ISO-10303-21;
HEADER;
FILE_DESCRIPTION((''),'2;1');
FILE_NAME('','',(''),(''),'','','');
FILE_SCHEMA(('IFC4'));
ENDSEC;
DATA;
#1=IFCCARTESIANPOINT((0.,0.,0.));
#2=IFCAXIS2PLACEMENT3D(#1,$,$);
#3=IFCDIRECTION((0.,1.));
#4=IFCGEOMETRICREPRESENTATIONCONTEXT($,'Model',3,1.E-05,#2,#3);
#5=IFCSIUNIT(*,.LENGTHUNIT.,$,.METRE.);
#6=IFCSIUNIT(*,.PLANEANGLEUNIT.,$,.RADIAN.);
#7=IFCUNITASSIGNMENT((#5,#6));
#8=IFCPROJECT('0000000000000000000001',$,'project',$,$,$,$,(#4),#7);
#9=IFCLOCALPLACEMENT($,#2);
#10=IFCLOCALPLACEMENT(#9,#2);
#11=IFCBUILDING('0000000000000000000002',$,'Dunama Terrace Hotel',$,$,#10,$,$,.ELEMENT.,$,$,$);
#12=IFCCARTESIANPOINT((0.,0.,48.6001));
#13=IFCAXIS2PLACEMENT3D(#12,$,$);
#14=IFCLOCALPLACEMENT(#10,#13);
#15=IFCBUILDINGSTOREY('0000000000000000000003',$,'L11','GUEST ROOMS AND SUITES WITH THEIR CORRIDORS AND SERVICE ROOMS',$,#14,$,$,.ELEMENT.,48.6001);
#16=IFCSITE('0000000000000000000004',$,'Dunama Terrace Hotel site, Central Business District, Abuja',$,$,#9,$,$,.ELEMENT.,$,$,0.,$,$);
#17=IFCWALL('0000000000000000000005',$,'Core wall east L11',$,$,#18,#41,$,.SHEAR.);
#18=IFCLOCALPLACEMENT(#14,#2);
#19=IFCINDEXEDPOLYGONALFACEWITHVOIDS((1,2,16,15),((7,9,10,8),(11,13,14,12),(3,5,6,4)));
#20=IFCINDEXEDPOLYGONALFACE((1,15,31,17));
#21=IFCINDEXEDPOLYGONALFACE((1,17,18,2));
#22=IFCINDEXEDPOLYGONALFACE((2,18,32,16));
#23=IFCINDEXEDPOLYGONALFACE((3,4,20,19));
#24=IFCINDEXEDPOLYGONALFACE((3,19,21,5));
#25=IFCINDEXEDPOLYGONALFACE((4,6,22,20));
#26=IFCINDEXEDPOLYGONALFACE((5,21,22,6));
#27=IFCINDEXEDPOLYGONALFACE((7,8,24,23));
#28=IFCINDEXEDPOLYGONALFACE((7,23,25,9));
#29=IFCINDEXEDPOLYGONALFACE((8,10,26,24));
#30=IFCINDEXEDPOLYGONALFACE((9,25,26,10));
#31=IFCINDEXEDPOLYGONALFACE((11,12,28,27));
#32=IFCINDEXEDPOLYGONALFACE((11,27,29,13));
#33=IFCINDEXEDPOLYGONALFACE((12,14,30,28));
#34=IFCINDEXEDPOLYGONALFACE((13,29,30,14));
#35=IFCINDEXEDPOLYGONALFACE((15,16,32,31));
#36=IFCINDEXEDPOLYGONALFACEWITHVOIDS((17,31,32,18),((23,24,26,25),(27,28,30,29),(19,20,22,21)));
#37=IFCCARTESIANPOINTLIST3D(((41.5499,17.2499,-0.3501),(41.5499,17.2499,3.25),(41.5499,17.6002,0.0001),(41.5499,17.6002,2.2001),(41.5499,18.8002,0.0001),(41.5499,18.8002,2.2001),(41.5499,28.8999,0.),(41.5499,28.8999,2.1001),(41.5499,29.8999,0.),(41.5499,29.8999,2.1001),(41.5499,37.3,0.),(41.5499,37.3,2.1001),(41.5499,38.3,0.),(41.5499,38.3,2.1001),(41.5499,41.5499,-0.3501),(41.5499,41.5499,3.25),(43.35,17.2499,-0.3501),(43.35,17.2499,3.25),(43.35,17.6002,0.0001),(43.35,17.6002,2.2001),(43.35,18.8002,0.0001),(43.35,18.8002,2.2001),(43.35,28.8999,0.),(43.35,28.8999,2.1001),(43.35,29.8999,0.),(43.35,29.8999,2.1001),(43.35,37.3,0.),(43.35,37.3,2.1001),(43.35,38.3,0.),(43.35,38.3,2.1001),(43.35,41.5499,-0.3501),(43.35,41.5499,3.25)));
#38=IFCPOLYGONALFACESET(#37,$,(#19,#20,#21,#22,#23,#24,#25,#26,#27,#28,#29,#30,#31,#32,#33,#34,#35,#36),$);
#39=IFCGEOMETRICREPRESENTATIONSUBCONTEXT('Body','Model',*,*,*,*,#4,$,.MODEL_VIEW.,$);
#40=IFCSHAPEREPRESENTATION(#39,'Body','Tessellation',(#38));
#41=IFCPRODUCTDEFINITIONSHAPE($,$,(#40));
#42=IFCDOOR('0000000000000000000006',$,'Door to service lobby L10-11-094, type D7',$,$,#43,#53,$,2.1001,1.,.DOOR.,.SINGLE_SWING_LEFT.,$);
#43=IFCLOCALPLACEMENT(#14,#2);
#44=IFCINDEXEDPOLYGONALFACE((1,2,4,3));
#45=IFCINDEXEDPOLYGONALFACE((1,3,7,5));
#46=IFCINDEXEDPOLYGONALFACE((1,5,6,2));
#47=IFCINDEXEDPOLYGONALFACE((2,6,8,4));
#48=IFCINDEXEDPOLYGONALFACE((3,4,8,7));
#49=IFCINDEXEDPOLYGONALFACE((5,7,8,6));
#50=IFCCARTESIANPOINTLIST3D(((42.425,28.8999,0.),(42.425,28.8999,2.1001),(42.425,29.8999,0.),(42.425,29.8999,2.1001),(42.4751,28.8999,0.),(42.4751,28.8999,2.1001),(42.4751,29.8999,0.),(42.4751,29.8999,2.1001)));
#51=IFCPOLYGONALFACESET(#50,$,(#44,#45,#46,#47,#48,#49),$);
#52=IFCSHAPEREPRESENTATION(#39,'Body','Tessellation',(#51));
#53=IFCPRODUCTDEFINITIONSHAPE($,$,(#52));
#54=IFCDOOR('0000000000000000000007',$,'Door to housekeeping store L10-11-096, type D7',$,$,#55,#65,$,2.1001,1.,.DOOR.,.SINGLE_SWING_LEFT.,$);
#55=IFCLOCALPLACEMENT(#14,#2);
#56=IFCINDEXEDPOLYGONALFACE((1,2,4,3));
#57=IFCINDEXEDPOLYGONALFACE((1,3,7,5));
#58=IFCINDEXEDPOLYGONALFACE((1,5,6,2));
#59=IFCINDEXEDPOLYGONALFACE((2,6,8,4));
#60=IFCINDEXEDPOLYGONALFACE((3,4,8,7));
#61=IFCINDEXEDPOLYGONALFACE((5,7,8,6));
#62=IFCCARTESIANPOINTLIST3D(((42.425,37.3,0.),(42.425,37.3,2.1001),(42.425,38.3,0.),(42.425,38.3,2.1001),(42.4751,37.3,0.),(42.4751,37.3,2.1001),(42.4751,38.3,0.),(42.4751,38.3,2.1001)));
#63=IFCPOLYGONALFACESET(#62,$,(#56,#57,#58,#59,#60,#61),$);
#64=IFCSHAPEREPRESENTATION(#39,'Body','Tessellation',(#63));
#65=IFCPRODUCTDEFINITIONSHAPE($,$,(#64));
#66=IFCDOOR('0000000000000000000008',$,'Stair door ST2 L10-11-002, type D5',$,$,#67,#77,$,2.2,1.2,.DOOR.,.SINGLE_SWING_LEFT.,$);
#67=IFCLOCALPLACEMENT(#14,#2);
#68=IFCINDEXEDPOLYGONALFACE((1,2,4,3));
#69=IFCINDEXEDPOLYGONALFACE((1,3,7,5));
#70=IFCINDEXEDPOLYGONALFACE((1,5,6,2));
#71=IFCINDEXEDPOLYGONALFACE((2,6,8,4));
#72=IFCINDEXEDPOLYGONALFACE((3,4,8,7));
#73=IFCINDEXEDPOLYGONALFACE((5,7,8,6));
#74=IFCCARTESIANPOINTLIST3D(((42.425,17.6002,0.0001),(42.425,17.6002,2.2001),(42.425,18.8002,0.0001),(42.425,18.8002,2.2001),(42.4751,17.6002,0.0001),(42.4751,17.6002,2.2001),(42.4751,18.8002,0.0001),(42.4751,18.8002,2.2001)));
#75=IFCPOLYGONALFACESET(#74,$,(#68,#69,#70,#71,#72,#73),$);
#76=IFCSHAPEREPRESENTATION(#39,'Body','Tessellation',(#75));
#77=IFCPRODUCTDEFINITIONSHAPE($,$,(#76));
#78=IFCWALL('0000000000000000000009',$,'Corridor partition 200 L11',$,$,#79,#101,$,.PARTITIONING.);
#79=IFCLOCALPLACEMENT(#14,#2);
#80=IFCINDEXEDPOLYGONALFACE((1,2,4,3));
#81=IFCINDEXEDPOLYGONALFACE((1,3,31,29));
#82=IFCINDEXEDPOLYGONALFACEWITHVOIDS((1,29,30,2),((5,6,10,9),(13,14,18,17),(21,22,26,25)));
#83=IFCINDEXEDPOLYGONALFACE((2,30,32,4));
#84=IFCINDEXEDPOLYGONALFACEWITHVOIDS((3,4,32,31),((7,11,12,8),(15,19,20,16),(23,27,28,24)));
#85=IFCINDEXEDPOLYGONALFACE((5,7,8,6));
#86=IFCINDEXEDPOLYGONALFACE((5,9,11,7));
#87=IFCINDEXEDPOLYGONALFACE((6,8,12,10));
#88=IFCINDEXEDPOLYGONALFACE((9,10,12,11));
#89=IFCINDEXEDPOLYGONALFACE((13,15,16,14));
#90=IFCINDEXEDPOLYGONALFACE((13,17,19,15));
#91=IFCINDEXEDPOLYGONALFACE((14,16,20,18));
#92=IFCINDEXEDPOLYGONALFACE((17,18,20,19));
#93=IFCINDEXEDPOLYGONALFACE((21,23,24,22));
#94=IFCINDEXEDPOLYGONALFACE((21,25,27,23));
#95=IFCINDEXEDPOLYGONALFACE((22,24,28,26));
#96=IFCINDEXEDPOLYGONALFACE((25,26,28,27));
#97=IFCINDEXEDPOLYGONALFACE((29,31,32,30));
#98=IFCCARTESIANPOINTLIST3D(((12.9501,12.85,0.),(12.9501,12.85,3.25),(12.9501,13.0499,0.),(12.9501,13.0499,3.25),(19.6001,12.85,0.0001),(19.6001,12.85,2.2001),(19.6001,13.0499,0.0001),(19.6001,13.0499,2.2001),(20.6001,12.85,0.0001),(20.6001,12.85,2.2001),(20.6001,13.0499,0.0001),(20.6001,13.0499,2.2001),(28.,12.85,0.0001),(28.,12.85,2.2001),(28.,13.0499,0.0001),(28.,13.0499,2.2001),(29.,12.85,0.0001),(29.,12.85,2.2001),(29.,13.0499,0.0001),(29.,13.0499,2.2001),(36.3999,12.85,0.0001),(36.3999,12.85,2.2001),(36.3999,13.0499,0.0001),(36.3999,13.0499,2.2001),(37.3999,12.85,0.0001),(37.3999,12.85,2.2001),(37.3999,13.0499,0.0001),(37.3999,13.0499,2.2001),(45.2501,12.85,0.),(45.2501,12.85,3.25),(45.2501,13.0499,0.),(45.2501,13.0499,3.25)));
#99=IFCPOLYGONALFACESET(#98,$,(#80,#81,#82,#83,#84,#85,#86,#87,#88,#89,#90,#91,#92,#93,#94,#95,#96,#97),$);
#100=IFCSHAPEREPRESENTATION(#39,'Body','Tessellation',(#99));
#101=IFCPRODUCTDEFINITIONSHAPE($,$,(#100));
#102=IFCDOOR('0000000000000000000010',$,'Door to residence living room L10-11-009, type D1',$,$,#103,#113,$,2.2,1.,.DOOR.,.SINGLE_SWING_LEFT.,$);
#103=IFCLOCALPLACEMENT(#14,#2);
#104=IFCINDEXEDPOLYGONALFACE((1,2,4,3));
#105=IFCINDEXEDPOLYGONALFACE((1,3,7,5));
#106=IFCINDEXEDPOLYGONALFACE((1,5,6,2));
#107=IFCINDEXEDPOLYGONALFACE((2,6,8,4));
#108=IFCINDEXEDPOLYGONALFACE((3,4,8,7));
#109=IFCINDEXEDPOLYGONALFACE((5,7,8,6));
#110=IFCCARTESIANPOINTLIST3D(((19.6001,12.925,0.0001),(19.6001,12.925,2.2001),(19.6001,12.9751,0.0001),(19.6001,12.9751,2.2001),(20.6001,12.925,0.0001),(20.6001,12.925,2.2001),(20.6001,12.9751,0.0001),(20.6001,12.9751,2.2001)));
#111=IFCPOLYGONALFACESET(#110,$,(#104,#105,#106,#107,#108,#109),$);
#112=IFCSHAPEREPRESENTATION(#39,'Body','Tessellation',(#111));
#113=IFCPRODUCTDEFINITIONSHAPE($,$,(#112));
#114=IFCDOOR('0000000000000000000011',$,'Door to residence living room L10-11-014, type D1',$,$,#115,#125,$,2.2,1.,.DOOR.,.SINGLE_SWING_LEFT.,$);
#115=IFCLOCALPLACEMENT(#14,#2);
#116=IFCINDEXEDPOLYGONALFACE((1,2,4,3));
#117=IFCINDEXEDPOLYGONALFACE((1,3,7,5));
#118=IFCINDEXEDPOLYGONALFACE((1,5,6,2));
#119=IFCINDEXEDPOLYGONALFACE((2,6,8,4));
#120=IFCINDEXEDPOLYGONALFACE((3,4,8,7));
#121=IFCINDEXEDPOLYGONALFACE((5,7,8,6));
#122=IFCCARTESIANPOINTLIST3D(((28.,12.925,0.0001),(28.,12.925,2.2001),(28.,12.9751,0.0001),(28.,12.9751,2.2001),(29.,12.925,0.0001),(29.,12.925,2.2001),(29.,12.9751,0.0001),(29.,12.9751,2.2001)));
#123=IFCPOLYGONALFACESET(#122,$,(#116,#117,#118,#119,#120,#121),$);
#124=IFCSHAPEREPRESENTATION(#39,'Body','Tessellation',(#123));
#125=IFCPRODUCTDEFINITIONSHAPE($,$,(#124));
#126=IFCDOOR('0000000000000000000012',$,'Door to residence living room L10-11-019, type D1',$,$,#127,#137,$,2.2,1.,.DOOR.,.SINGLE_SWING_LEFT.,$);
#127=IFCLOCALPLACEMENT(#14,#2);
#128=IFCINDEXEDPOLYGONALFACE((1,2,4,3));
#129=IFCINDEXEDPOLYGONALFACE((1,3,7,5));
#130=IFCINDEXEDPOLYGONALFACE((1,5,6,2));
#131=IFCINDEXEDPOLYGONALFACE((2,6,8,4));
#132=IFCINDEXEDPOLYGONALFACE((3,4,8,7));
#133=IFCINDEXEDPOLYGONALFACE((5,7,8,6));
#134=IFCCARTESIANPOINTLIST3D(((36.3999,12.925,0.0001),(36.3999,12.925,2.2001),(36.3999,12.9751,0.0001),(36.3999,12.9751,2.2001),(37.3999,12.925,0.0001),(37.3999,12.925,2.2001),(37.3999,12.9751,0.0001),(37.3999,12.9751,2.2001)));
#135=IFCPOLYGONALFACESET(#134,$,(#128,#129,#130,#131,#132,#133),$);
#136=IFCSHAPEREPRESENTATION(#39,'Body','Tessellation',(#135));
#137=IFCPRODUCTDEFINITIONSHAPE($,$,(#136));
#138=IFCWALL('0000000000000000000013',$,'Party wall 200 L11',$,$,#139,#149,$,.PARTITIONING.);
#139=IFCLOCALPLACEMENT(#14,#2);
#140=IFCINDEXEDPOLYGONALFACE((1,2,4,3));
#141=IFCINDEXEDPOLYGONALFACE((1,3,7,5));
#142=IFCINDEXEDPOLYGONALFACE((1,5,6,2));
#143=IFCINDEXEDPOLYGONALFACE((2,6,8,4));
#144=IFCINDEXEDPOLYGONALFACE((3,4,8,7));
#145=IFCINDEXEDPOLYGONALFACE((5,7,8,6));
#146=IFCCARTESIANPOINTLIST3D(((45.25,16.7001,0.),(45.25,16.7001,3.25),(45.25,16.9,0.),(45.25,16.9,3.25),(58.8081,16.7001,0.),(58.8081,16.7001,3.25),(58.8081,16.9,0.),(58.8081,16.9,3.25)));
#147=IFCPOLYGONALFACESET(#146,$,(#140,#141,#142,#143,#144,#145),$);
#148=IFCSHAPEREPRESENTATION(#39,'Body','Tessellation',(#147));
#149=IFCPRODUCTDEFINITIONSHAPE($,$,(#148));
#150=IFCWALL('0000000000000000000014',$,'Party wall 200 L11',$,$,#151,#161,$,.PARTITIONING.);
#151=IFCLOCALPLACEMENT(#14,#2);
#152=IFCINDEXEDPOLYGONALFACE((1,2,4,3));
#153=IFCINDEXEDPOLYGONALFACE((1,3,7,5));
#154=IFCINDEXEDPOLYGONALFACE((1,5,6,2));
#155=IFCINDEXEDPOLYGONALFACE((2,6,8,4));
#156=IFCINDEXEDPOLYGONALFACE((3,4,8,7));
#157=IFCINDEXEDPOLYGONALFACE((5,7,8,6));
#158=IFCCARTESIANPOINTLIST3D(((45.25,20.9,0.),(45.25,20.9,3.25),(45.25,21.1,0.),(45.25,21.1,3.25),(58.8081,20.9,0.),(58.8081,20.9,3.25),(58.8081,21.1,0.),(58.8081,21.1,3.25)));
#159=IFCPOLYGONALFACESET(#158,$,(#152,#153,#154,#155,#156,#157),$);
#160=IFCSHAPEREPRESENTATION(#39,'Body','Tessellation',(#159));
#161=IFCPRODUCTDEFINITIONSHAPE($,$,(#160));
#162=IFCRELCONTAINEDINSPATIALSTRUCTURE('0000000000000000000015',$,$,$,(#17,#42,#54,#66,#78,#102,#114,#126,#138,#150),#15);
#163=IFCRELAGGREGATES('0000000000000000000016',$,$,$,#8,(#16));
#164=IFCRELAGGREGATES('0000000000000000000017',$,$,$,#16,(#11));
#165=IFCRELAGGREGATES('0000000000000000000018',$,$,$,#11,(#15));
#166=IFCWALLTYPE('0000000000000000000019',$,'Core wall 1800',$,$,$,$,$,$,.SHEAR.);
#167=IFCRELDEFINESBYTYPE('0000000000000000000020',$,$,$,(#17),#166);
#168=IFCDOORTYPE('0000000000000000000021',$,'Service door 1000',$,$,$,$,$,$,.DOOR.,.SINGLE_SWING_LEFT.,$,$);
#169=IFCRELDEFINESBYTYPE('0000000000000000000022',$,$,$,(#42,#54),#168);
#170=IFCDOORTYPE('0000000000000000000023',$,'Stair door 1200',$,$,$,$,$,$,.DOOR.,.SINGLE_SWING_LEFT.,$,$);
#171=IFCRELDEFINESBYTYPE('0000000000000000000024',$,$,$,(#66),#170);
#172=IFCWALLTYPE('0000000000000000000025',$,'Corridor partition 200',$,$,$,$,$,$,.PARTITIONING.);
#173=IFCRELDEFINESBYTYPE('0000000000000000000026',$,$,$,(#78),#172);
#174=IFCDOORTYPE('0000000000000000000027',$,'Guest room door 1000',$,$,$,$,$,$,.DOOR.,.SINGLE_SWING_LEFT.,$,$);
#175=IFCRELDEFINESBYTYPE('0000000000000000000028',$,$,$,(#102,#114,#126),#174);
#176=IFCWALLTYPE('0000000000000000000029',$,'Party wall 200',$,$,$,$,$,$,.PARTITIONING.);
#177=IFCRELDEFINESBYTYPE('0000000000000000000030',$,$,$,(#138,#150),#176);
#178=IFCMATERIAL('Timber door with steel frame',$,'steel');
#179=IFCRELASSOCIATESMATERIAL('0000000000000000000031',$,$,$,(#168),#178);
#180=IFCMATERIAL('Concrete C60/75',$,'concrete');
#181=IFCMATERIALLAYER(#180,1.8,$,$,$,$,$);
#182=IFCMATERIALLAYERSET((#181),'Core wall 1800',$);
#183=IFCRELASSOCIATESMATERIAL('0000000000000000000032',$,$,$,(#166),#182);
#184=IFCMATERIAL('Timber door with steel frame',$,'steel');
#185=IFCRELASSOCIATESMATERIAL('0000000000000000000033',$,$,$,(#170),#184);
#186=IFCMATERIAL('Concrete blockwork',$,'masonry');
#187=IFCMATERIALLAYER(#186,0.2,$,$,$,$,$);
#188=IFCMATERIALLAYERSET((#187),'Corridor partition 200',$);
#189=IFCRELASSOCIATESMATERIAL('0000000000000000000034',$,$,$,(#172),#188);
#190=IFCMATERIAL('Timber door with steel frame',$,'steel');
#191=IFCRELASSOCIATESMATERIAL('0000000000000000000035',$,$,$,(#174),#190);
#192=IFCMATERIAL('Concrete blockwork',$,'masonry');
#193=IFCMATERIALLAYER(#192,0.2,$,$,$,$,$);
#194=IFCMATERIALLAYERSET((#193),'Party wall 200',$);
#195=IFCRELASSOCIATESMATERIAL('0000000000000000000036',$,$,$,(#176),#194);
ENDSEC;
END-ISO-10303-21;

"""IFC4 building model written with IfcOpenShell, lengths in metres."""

from ifc_helpers import new_model, si_unit, direction, frame, frame_2d, origin, place, context, subcontext, project, spatial, rectangle, extrude, material, layer, layer_set, type_object, element, fill, save


model = new_model("IFC4")

# Units and contexts
model_context = context("Model", 3, precision=1e-05, world=origin(), true_north=direction((0.0, 1.0)))
body_context = subcontext(model_context, "Body", "Model", "MODEL_VIEW")
ifc_project = project(units=[si_unit("LENGTHUNIT", "METRE"), si_unit("PLANEANGLEUNIT", "RADIAN")], contexts=[model_context])

# Site, building, storey
site_placement = place(None, origin())
site = spatial("IfcSite", under=ifc_project, at=site_placement, Name="Dunama Terrace Hotel site, Central Business District, Abuja", CompositionType="ELEMENT", RefElevation=0.0)
building_placement = place(site_placement, origin())
building = spatial("IfcBuilding", under=site, at=building_placement, Name="Dunama Terrace Hotel", CompositionType="ELEMENT")
storey_placement = place(building_placement, frame((0.0, 0.0, 48.6001)))
storey = spatial("IfcBuildingStorey", under=building, at=storey_placement, Name="L11", Description="GUEST ROOMS AND SUITES WITH THEIR CORRIDORS AND SERVICE ROOMS", CompositionType="ELEMENT", Elevation=48.6001)

# Shared definitions
ifc_material_1 = material(Name="Timber door with steel frame", Category="steel")
door_type_1 = type_object("IfcDoorType", Name="Service door 1000", OperationType="SINGLE_SWING_LEFT", PredefinedType="DOOR", material=ifc_material_1)

# Walls, openings, doors
ifc_material_2 = material(Name="Concrete C60/75", Category="concrete")
ifc_layer_1 = layer(ifc_material_2, 1.8)
ifc_layer_set_1 = layer_set([ifc_layer_1], Name="Core wall 1800")
wall_type_1 = type_object("IfcWallType", Name="Core wall 1800", PredefinedType="SHEAR", material=ifc_layer_set_1)
wall_1_placement = place(storey_placement, frame((42.45, 17.25, -0.3501), z_axis=(0.0, 0.0, 1.0), x_axis=(0.0, 1.0, 0.0)))
wall_1 = element("IfcWall", 1, at=wall_1_placement, inside=storey, type_object=wall_type_1, Name="Core wall east L11", PredefinedType="SHEAR", context=body_context, shape_type="SweptSolid", body=[
    extrude(rectangle(XDim=24.3, YDim=1.8, at=frame_2d((12.1499, 0.0))), origin(), (0.0, 0.0, 1.0), 3.6001),
])
opening_1_placement = place(wall_1_placement, frame((0.3501, 0.0, 0.3501)))
opening_1 = element("IfcOpeningElement", 2, at=opening_1_placement, cuts=wall_1, PredefinedType="OPENING", context=body_context, shape_type="SweptSolid", body=[
    extrude(rectangle(XDim=1.2, YDim=2.2, at=frame_2d((0.6001, 1.1001))), frame((0.0, 0.9099, 0.0), z_axis=(0.0, -1.0, 0.0), x_axis=(1.0, 0.0, 0.0)), (0.0, 0.0, 1.0), 1.8201),
])
opening_2_placement = place(wall_1_placement, frame((11.6499, 0.0, 0.3501)))
opening_2 = element("IfcOpeningElement", 3, at=opening_2_placement, cuts=wall_1, PredefinedType="OPENING", context=body_context, shape_type="SweptSolid", body=[
    extrude(rectangle(XDim=1.0, YDim=2.1001, at=frame_2d((0.5, 1.05))), frame((0.0, 0.9099, 0.0), z_axis=(0.0, -1.0, 0.0), x_axis=(1.0, 0.0, 0.0)), (0.0, 0.0, 1.0), 1.8201),
])
opening_3_placement = place(wall_1_placement, frame((20.05, 0.0, 0.3501)))
opening_3 = element("IfcOpeningElement", 4, at=opening_3_placement, cuts=wall_1, PredefinedType="OPENING", context=body_context, shape_type="SweptSolid", body=[
    extrude(rectangle(XDim=1.0, YDim=2.1001, at=frame_2d((0.5, 1.05))), frame((0.0, 0.9099, 0.0), z_axis=(0.0, -1.0, 0.0), x_axis=(1.0, 0.0, 0.0)), (0.0, 0.0, 1.0), 1.8201),
])
door_1_placement = place(opening_2_placement, origin())
door_1 = element("IfcDoor", 5, at=door_1_placement, inside=storey, type_object=door_type_1, Name="Door to service lobby L10-11-094, type D7", OperationType="SINGLE_SWING_LEFT", OverallHeight=2.1001, OverallWidth=1.0, PredefinedType="DOOR", context=body_context, shape_type="SweptSolid", body=[
    extrude(rectangle(XDim=1.0, YDim=2.1001, at=frame_2d((0.5, 1.05))), frame((0.0, 0.0249, 0.0), z_axis=(0.0, -1.0, 0.0), x_axis=(1.0, 0.0, 0.0)), (0.0, 0.0, 1.0), 0.05),
])
fill(opening_2, door_1)
door_2_placement = place(opening_3_placement, origin())
door_2 = element("IfcDoor", 6, at=door_2_placement, inside=storey, type_object=door_type_1, Name="Door to housekeeping store L10-11-096, type D7", OperationType="SINGLE_SWING_LEFT", OverallHeight=2.1001, OverallWidth=1.0, PredefinedType="DOOR", context=body_context, shape_type="SweptSolid", body=[
    extrude(rectangle(XDim=1.0, YDim=2.1001, at=frame_2d((0.5, 1.05))), frame((0.0, 0.0249, 0.0), z_axis=(0.0, -1.0, 0.0), x_axis=(1.0, 0.0, 0.0)), (0.0, 0.0, 1.0), 0.05),
])
fill(opening_3, door_2)
ifc_material_3 = material(Name="Timber door with steel frame", Category="steel")
door_type_2 = type_object("IfcDoorType", Name="Stair door 1200", OperationType="SINGLE_SWING_LEFT", PredefinedType="DOOR", material=ifc_material_3)
door_3_placement = place(opening_1_placement, origin())
door_3 = element("IfcDoor", 7, at=door_3_placement, inside=storey, type_object=door_type_2, Name="Stair door ST2 L10-11-002, type D5", OperationType="SINGLE_SWING_LEFT", OverallHeight=2.2, OverallWidth=1.2, PredefinedType="DOOR", context=body_context, shape_type="SweptSolid", body=[
    extrude(rectangle(XDim=1.2, YDim=2.2, at=frame_2d((0.6001, 1.1001))), frame((0.0, 0.0249, 0.0), z_axis=(0.0, -1.0, 0.0), x_axis=(1.0, 0.0, 0.0)), (0.0, 0.0, 1.0), 0.05),
])
fill(opening_1, door_3)
ifc_material_4 = material(Name="Concrete blockwork", Category="masonry")
ifc_layer_2 = layer(ifc_material_4, 0.2)
ifc_layer_set_2 = layer_set([ifc_layer_2], Name="Corridor partition 200")
wall_type_2 = type_object("IfcWallType", Name="Corridor partition 200", PredefinedType="PARTITIONING", material=ifc_layer_set_2)
wall_2_placement = place(storey_placement, frame((45.25, 12.95, 0.0), z_axis=(0.0, 0.0, 1.0), x_axis=(-1.0, 0.0, 0.0)))
wall_2 = element("IfcWall", 8, at=wall_2_placement, inside=storey, type_object=wall_type_2, Name="Corridor partition 200 L11", PredefinedType="PARTITIONING", context=body_context, shape_type="SweptSolid", body=[
    extrude(rectangle(XDim=32.3, YDim=0.2, at=frame_2d((16.1499, 0.0))), origin(), (0.0, 0.0, 1.0), 3.25),
])
opening_4_placement = place(wall_2_placement, frame((24.6499, 0.0, 0.0)))
opening_4 = element("IfcOpeningElement", 9, at=opening_4_placement, cuts=wall_2, PredefinedType="OPENING", context=body_context, shape_type="SweptSolid", body=[
    extrude(rectangle(XDim=1.0, YDim=2.2, at=frame_2d((0.5, 1.1001))), frame((0.0, 0.1099, 0.0), z_axis=(0.0, -1.0, 0.0), x_axis=(1.0, 0.0, 0.0)), (0.0, 0.0, 1.0), 0.22),
])
opening_5_placement = place(wall_2_placement, frame((16.25, 0.0, 0.0)))
opening_5 = element("IfcOpeningElement", 10, at=opening_5_placement, cuts=wall_2, PredefinedType="OPENING", context=body_context, shape_type="SweptSolid", body=[
    extrude(rectangle(XDim=1.0, YDim=2.2, at=frame_2d((0.5, 1.1001))), frame((0.0, 0.1099, 0.0), z_axis=(0.0, -1.0, 0.0), x_axis=(1.0, 0.0, 0.0)), (0.0, 0.0, 1.0), 0.22),
])
opening_6_placement = place(wall_2_placement, frame((7.8501, 0.0, 0.0)))
opening_6 = element("IfcOpeningElement", 11, at=opening_6_placement, cuts=wall_2, PredefinedType="OPENING", context=body_context, shape_type="SweptSolid", body=[
    extrude(rectangle(XDim=1.0, YDim=2.2, at=frame_2d((0.5, 1.1001))), frame((0.0, 0.1099, 0.0), z_axis=(0.0, -1.0, 0.0), x_axis=(1.0, 0.0, 0.0)), (0.0, 0.0, 1.0), 0.22),
])
ifc_material_5 = material(Name="Timber door with steel frame", Category="steel")
door_type_3 = type_object("IfcDoorType", Name="Guest room door 1000", OperationType="SINGLE_SWING_LEFT", PredefinedType="DOOR", material=ifc_material_5)
door_4_placement = place(opening_4_placement, origin())
door_4 = element("IfcDoor", 12, at=door_4_placement, inside=storey, type_object=door_type_3, Name="Door to residence living room L10-11-009, type D1", OperationType="SINGLE_SWING_LEFT", OverallHeight=2.2, OverallWidth=1.0, PredefinedType="DOOR", context=body_context, shape_type="SweptSolid", body=[
    extrude(rectangle(XDim=1.0, YDim=2.2, at=frame_2d((0.5, 1.1001))), frame((0.0, 0.0249, 0.0), z_axis=(0.0, -1.0, 0.0), x_axis=(1.0, 0.0, 0.0)), (0.0, 0.0, 1.0), 0.05),
])
fill(opening_4, door_4)
door_5_placement = place(opening_5_placement, origin())
door_5 = element("IfcDoor", 13, at=door_5_placement, inside=storey, type_object=door_type_3, Name="Door to residence living room L10-11-014, type D1", OperationType="SINGLE_SWING_LEFT", OverallHeight=2.2, OverallWidth=1.0, PredefinedType="DOOR", context=body_context, shape_type="SweptSolid", body=[
    extrude(rectangle(XDim=1.0, YDim=2.2, at=frame_2d((0.5, 1.1001))), frame((0.0, 0.0249, 0.0), z_axis=(0.0, -1.0, 0.0), x_axis=(1.0, 0.0, 0.0)), (0.0, 0.0, 1.0), 0.05),
])
fill(opening_5, door_5)
door_6_placement = place(opening_6_placement, origin())
door_6 = element("IfcDoor", 14, at=door_6_placement, inside=storey, type_object=door_type_3, Name="Door to residence living room L10-11-019, type D1", OperationType="SINGLE_SWING_LEFT", OverallHeight=2.2, OverallWidth=1.0, PredefinedType="DOOR", context=body_context, shape_type="SweptSolid", body=[
    extrude(rectangle(XDim=1.0, YDim=2.2, at=frame_2d((0.5, 1.1001))), frame((0.0, 0.0249, 0.0), z_axis=(0.0, -1.0, 0.0), x_axis=(1.0, 0.0, 0.0)), (0.0, 0.0, 1.0), 0.05),
])
fill(opening_6, door_6)

# Walls
ifc_material_6 = material(Name="Concrete blockwork", Category="masonry")
ifc_layer_3 = layer(ifc_material_6, 0.2)
ifc_layer_set_3 = layer_set([ifc_layer_3], Name="Party wall 200")
wall_type_3 = type_object("IfcWallType", Name="Party wall 200", PredefinedType="PARTITIONING", material=ifc_layer_set_3)
for number, where, z_axis, x_axis, name in (
    (15, (45.25, 16.8, 0.0), (0.0, 0.0, 1.0), (1.0, 0.0, 0.0), "Party wall 200 L11"),
    (16, (45.25, 21.0, 0.0), (0.0, 0.0, 1.0), (1.0, 0.0, 0.0), "Party wall 200 L11"),
):
    element("IfcWall", number, at=place(storey_placement, frame(where, z_axis=z_axis, x_axis=x_axis)), inside=storey, type_object=wall_type_3, Name=name, PredefinedType="PARTITIONING", context=body_context, shape_type="SweptSolid", body=[
        extrude(rectangle(XDim=13.5581, YDim=0.2, at=frame_2d((6.7791, 0.0))), origin(), (0.0, 0.0, 1.0), 3.25),
    ])

save(model, "model.ifc")
